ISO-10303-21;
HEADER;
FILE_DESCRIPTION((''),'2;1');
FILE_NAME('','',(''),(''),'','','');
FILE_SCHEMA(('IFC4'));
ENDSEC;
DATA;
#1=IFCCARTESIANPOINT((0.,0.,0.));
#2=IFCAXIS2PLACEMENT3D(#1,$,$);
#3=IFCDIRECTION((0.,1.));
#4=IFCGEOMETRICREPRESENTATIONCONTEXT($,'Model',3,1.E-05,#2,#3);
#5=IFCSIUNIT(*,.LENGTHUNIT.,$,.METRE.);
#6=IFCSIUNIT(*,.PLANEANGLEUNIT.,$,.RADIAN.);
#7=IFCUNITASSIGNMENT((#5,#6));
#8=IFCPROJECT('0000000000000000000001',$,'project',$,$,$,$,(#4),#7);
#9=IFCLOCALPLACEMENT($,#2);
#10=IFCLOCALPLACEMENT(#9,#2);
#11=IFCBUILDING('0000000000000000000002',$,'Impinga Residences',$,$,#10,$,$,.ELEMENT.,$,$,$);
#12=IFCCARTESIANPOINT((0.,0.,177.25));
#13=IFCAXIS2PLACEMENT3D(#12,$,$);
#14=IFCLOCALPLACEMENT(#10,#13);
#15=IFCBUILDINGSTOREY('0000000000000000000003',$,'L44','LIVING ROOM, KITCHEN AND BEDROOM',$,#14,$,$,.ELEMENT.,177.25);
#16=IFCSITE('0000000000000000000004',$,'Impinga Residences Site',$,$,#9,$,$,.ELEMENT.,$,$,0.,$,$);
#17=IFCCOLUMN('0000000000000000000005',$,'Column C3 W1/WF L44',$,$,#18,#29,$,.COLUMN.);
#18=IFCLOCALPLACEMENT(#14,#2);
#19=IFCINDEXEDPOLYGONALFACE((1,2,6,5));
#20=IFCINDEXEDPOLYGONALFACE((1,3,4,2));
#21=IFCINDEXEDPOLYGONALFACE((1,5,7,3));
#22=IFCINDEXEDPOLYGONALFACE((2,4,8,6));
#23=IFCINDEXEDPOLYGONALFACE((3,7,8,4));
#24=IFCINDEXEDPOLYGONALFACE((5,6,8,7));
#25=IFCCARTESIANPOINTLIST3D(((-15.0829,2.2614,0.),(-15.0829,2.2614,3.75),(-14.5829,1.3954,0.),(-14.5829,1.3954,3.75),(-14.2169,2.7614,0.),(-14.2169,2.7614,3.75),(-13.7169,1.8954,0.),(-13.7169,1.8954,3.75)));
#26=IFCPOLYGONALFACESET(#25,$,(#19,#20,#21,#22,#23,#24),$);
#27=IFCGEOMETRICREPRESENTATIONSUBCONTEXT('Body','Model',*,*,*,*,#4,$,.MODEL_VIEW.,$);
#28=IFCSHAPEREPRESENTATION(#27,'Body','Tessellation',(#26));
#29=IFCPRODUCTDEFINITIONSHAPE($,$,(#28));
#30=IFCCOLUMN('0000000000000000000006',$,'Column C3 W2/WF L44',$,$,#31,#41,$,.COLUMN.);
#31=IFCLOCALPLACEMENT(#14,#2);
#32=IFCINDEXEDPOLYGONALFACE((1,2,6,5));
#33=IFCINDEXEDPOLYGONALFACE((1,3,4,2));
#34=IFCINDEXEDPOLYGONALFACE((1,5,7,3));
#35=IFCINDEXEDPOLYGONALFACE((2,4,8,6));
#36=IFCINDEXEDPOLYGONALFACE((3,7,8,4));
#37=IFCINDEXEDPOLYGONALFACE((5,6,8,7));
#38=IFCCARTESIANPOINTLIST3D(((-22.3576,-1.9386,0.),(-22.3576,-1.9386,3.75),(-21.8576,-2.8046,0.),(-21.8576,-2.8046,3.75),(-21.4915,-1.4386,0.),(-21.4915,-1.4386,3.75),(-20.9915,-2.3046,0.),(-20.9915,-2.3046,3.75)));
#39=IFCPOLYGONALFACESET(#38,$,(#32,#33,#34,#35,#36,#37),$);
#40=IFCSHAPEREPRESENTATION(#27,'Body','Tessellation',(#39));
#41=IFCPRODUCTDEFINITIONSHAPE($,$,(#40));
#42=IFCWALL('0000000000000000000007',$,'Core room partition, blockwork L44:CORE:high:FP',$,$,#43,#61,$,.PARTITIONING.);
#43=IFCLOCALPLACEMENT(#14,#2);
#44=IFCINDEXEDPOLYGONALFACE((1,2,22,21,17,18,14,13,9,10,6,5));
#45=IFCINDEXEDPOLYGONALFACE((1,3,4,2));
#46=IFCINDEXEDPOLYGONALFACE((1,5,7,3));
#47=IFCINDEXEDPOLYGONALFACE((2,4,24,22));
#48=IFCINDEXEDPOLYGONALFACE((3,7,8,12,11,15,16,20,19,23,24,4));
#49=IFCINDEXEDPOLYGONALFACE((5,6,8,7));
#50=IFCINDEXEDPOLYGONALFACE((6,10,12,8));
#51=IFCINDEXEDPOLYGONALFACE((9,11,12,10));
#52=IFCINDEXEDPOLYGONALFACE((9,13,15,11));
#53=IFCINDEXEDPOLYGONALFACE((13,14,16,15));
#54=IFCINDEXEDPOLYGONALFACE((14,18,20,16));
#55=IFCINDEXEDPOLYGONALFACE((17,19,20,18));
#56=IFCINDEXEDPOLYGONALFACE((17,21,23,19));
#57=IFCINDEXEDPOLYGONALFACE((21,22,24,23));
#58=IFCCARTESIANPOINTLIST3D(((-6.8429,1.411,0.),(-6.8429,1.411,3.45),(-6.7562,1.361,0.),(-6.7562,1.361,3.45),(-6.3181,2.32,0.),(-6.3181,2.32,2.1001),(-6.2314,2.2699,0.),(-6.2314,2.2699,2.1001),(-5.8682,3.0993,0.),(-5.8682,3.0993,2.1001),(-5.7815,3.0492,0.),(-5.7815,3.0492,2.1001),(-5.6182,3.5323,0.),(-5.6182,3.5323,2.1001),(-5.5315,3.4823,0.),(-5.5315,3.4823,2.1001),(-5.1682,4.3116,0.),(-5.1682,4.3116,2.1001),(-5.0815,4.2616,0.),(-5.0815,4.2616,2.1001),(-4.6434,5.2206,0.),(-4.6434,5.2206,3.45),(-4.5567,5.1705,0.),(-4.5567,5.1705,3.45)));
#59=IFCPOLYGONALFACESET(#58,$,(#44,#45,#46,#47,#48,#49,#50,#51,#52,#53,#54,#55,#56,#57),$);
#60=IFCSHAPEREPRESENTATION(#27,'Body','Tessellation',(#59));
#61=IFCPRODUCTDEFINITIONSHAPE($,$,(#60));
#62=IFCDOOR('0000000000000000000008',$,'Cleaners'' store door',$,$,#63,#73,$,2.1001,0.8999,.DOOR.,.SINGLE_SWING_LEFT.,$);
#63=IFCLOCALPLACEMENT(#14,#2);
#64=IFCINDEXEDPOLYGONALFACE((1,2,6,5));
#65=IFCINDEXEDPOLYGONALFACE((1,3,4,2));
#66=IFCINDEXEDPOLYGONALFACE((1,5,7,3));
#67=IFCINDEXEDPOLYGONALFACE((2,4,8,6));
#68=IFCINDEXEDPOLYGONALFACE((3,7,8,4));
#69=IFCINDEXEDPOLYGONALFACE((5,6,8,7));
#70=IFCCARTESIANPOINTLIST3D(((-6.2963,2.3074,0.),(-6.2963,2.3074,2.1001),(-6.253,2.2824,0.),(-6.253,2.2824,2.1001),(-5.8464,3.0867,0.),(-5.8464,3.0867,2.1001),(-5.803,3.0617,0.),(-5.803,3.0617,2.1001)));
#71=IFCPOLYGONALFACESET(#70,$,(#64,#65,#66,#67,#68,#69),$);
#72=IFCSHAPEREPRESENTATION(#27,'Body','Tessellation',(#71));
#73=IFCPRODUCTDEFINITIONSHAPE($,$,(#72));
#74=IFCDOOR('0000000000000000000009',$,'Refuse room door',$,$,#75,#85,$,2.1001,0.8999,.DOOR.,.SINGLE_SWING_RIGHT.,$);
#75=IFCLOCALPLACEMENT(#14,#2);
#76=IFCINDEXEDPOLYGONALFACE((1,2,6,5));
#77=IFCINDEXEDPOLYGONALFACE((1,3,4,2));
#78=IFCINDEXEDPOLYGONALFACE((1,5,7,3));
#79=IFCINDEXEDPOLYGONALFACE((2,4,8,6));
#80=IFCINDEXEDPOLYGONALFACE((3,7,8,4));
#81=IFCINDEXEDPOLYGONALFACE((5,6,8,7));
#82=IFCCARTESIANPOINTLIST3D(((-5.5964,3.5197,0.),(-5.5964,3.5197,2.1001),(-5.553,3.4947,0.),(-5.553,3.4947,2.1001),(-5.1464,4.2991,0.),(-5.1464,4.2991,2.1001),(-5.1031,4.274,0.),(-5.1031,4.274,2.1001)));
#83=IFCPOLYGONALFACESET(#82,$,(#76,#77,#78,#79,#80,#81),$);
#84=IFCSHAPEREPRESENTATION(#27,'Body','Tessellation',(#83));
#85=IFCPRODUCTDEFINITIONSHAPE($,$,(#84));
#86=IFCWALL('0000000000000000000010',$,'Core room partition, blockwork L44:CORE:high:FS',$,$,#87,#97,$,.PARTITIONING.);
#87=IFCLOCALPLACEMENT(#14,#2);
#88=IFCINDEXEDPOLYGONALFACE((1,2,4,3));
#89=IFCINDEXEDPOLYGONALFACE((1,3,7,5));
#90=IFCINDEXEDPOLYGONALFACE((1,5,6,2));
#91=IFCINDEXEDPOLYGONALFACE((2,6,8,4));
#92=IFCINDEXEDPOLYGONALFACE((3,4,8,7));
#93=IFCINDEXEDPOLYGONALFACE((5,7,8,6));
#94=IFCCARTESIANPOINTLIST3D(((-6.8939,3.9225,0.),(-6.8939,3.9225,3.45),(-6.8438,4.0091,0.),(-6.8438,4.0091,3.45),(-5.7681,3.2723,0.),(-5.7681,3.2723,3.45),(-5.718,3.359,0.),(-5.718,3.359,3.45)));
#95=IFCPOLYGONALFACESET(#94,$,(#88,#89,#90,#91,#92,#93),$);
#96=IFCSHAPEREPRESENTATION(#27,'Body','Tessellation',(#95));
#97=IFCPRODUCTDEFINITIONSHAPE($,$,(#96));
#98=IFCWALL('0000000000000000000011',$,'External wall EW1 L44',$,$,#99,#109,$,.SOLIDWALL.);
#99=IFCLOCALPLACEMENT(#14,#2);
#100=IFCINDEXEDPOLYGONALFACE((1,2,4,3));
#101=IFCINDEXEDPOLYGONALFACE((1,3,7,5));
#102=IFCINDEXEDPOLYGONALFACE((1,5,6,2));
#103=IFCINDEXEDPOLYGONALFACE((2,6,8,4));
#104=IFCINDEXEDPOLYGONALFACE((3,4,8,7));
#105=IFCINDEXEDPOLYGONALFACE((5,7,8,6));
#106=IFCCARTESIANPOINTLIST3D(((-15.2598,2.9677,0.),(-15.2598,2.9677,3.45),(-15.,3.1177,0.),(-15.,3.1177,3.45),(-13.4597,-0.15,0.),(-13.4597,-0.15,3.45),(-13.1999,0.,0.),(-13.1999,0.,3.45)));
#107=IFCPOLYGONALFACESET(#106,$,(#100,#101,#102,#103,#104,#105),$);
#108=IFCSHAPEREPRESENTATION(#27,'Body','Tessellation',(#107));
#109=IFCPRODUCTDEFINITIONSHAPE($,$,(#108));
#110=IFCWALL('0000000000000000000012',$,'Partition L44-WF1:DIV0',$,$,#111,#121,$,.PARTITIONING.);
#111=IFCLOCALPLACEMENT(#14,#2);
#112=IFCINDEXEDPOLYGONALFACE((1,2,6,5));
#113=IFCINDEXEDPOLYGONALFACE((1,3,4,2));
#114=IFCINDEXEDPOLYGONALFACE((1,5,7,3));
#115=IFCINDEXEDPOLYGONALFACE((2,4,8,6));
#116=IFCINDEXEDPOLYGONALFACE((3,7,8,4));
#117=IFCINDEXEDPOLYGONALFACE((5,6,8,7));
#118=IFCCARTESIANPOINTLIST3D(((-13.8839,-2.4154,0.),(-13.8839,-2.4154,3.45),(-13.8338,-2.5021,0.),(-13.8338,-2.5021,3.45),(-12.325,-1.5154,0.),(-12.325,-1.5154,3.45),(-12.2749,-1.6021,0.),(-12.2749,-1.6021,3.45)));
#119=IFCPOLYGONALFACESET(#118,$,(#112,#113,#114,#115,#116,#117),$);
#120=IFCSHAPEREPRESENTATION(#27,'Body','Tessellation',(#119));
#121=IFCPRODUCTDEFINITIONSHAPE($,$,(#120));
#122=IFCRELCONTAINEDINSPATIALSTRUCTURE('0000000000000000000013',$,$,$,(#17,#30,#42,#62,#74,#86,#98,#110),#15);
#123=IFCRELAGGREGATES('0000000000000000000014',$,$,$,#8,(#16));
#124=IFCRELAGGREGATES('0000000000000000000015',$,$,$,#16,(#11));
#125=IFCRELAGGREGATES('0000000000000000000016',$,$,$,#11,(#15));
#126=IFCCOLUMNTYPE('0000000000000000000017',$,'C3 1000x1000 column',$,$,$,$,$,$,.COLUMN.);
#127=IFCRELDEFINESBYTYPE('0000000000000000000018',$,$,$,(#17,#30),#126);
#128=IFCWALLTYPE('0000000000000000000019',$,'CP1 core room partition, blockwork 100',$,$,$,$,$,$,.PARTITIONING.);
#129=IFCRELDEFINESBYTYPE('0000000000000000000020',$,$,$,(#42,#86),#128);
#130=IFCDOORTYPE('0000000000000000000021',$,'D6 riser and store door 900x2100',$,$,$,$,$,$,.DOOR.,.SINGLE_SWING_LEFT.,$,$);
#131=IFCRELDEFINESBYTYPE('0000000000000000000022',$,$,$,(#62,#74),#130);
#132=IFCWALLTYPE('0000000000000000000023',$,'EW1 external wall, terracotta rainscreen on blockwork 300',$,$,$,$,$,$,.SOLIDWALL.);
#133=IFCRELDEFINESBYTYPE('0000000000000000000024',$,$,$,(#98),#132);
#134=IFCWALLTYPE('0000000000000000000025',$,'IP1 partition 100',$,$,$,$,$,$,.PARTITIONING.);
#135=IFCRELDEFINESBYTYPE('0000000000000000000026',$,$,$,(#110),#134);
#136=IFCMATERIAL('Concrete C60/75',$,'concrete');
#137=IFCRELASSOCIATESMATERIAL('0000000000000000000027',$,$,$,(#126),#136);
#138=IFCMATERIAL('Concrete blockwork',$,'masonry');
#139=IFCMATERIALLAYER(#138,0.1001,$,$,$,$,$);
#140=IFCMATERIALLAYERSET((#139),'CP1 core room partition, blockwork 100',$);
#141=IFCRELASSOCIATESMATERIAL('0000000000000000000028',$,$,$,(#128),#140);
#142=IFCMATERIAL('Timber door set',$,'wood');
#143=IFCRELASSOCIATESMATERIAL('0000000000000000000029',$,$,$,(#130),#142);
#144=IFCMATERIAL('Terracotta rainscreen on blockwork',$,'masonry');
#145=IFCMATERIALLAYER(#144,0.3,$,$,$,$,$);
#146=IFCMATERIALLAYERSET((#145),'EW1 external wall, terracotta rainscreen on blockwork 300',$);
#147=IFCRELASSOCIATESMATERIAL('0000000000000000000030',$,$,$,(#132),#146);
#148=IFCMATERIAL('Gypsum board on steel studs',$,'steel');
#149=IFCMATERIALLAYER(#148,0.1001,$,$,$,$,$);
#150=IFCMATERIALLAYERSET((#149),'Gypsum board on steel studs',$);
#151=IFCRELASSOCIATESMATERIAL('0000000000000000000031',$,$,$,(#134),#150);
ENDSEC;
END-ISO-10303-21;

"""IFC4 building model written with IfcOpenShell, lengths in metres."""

from ifc_helpers import new_model, si_unit, direction, frame, frame_2d, origin, origin_2d, place, context, subcontext, project, spatial, rectangle, extrude, material, layer, layer_set, material_profile, profile_set, type_object, element, fill, save


model = new_model("IFC4")

# Units and contexts
model_context = context("Model", 3, precision=1e-05, world=origin(), true_north=direction((0.0, 1.0)))
body_context = subcontext(model_context, "Body", "Model", "MODEL_VIEW")
ifc_project = project(units=[si_unit("LENGTHUNIT", "METRE"), si_unit("PLANEANGLEUNIT", "RADIAN")], contexts=[model_context])

# Site, building, storey
site_placement = place(None, origin())
site = spatial("IfcSite", under=ifc_project, at=site_placement, Name="Impinga Residences Site", CompositionType="ELEMENT", RefElevation=0.0)
building_placement = place(site_placement, origin())
building = spatial("IfcBuilding", under=site, at=building_placement, Name="Impinga Residences", CompositionType="ELEMENT")
storey_placement = place(building_placement, frame((0.0, 0.0, 177.25)))
storey = spatial("IfcBuildingStorey", under=building, at=storey_placement, Name="L44", Description="LIVING ROOM, KITCHEN AND BEDROOM", CompositionType="ELEMENT", Elevation=177.25)

# Columns
ifc_material_1 = material(Name="Concrete C60/75", Category="concrete")
ifc_material_profile = material_profile(ifc_material_1, rectangle(XDim=1.0, YDim=1.0, at=origin_2d()), Name="RC 1000x1000")
ifc_profile_set = profile_set([ifc_material_profile], Name="Concrete C60/75")
column_type = type_object("IfcColumnType", Name="C3 1000x1000 column", PredefinedType="COLUMN", material=ifc_profile_set)
for number, where, z_axis, x_axis, name in (
    (1, (-14.3999, 2.0784, 0.0), (0.0, 0.0, 1.0), (-0.5, 0.866025, 0.0), "Column C3 W1/WF L44"),
    (2, (-21.6746, -2.1216, 0.0), (0.0, 0.0, 1.0), (-0.5, 0.866025, 0.0), "Column C3 W2/WF L44"),
):
    element("IfcColumn", number, at=place(storey_placement, frame(where, z_axis=z_axis, x_axis=x_axis)), inside=storey, type_object=column_type, Name=name, PredefinedType="COLUMN", context=body_context, shape_type="SweptSolid", body=[
        extrude(rectangle(XDim=1.0, YDim=1.0, at=origin_2d()), origin(), (0.0, 0.0, 1.0), 3.75),
    ])

# Wall, openings, doors
ifc_material_2 = material(Name="Concrete blockwork", Category="masonry")
ifc_layer_1 = layer(ifc_material_2, 0.1001)
ifc_layer_set_1 = layer_set([ifc_layer_1], Name="CP1 core room partition, blockwork 100")
wall_type_1 = type_object("IfcWallType", Name="CP1 core room partition, blockwork 100", PredefinedType="PARTITIONING", material=ifc_layer_set_1)
wall_1_placement = place(storey_placement, frame((-6.7996, 1.386, 0.0), z_axis=(0.0, 0.0, 1.0), x_axis=(0.500001, 0.866025, 0.0)))
wall_1 = element("IfcWall", 3, at=wall_1_placement, inside=storey, type_object=wall_type_1, Name="Core room partition, blockwork L44:CORE:high:FP", PredefinedType="PARTITIONING", context=body_context, shape_type="SweptSolid", body=[
    extrude(rectangle(XDim=4.3989, YDim=0.1001, at=frame_2d((2.1995, 0.0))), origin(), (0.0, 0.0, 1.0), 3.45),
])
opening_1_placement = place(wall_1_placement, frame((1.0496, 0.0, 0.0)))
opening_1 = element("IfcOpeningElement", 4, at=opening_1_placement, cuts=wall_1, PredefinedType="OPENING", context=body_context, shape_type="SweptSolid", body=[
    extrude(rectangle(XDim=0.8999, YDim=2.1001, at=frame_2d((0.45, 1.05))), frame((0.0, 0.0601, 0.0), z_axis=(0.0, -1.0, 0.0), x_axis=(1.0, 0.0, 0.0)), (0.0, 0.0, 1.0), 0.1201),
])
opening_2_placement = place(wall_1_placement, frame((2.4495, 0.0, 0.0)))
opening_2 = element("IfcOpeningElement", 5, at=opening_2_placement, cuts=wall_1, PredefinedType="OPENING", context=body_context, shape_type="SweptSolid", body=[
    extrude(rectangle(XDim=0.8999, YDim=2.1001, at=frame_2d((0.45, 1.05))), frame((0.0, 0.0601, 0.0), z_axis=(0.0, -1.0, 0.0), x_axis=(1.0, 0.0, 0.0)), (0.0, 0.0, 1.0), 0.1201),
])
ifc_material_3 = material(Name="Timber door set", Category="wood")
door_type_1 = type_object("IfcDoorType", Name="D6 riser and store door 900x2100", OperationType="SINGLE_SWING_LEFT", PredefinedType="DOOR", material=ifc_material_3)
door_1_placement = place(opening_1_placement, origin())
door_1 = element("IfcDoor", 6, at=door_1_placement, inside=storey, type_object=door_type_1, Name="Cleaners' store door", OperationType="SINGLE_SWING_LEFT", OverallHeight=2.1001, OverallWidth=0.8999, PredefinedType="DOOR", context=body_context, shape_type="SweptSolid", body=[
    extrude(rectangle(XDim=0.8999, YDim=2.1001, at=frame_2d((0.45, 1.05))), frame((0.0, 0.0249, 0.0), z_axis=(0.0, -1.0, 0.0), x_axis=(1.0, 0.0, 0.0)), (0.0, 0.0, 1.0), 0.05),
])
fill(opening_1, door_1)
door_2_placement = place(opening_2_placement, origin())
door_2 = element("IfcDoor", 7, at=door_2_placement, inside=storey, type_object=door_type_1, Name="Refuse room door", OperationType="SINGLE_SWING_RIGHT", OverallHeight=2.1001, OverallWidth=0.8999, PredefinedType="DOOR", context=body_context, shape_type="SweptSolid", body=[
    extrude(rectangle(XDim=0.8999, YDim=2.1001, at=frame_2d((0.45, 1.05))), frame((0.0, 0.0249, 0.0), z_axis=(0.0, -1.0, 0.0), x_axis=(1.0, 0.0, 0.0)), (0.0, 0.0, 1.0), 0.05),
])
fill(opening_2, door_2)

# Walls
wall_2_placement = place(storey_placement, frame((-5.7432, 3.3157, 0.0), z_axis=(0.0, 0.0, 1.0), x_axis=(-0.865957, 0.500118, 0.0)))
element("IfcWall", 8, at=wall_2_placement, inside=storey, type_object=wall_type_1, Name="Core room partition, blockwork L44:CORE:high:FS", PredefinedType="PARTITIONING", context=body_context, shape_type="SweptSolid", body=[
    extrude(rectangle(XDim=1.3, YDim=0.1001, at=frame_2d((0.6499, 0.0))), origin(), (0.0, 0.0, 1.0), 3.45),
])
ifc_material_4 = material(Name="Terracotta rainscreen on blockwork", Category="masonry")
ifc_layer_2 = layer(ifc_material_4, 0.3)
ifc_layer_set_2 = layer_set([ifc_layer_2], Name="EW1 external wall, terracotta rainscreen on blockwork 300")
wall_type_2 = type_object("IfcWallType", Name="EW1 external wall, terracotta rainscreen on blockwork 300", PredefinedType="SOLIDWALL", material=ifc_layer_set_2)
wall_3_placement = place(storey_placement, frame((-15.1299, 3.0427, 0.0), z_axis=(0.0, 0.0, 1.0), x_axis=(0.500012, -0.866018, 0.0)))
element("IfcWall", 9, at=wall_3_placement, inside=storey, type_object=wall_type_2, Name="External wall EW1 L44", PredefinedType="SOLIDWALL", context=body_context, shape_type="SweptSolid", body=[
    extrude(rectangle(XDim=3.6001, YDim=0.3, at=frame_2d((1.8, 0.0))), origin(), (0.0, 0.0, 1.0), 3.45),
])
ifc_material_5 = material(Name="Gypsum board on steel studs", Category="steel")
ifc_layer_3 = layer(ifc_material_5, 0.1001)
ifc_layer_set_3 = layer_set([ifc_layer_3], Name="Gypsum board on steel studs")
wall_type_3 = type_object("IfcWallType", Name="IP1 partition 100", PredefinedType="PARTITIONING", material=ifc_layer_set_3)
wall_4_placement = place(storey_placement, frame((-12.3, -1.5588, 0.0), z_axis=(0.0, 0.0, 1.0), x_axis=(-0.866048, -0.499961, 0.0)))
element("IfcWall", 10, at=wall_4_placement, inside=storey, type_object=wall_type_3, Name="Partition L44-WF1:DIV0", PredefinedType="PARTITIONING", context=body_context, shape_type="SweptSolid", body=[
    extrude(rectangle(XDim=1.8, YDim=0.1001, at=frame_2d((0.8999, 0.0))), origin(), (0.0, 0.0, 1.0), 3.45),
])

save(model, "model.ifc")
